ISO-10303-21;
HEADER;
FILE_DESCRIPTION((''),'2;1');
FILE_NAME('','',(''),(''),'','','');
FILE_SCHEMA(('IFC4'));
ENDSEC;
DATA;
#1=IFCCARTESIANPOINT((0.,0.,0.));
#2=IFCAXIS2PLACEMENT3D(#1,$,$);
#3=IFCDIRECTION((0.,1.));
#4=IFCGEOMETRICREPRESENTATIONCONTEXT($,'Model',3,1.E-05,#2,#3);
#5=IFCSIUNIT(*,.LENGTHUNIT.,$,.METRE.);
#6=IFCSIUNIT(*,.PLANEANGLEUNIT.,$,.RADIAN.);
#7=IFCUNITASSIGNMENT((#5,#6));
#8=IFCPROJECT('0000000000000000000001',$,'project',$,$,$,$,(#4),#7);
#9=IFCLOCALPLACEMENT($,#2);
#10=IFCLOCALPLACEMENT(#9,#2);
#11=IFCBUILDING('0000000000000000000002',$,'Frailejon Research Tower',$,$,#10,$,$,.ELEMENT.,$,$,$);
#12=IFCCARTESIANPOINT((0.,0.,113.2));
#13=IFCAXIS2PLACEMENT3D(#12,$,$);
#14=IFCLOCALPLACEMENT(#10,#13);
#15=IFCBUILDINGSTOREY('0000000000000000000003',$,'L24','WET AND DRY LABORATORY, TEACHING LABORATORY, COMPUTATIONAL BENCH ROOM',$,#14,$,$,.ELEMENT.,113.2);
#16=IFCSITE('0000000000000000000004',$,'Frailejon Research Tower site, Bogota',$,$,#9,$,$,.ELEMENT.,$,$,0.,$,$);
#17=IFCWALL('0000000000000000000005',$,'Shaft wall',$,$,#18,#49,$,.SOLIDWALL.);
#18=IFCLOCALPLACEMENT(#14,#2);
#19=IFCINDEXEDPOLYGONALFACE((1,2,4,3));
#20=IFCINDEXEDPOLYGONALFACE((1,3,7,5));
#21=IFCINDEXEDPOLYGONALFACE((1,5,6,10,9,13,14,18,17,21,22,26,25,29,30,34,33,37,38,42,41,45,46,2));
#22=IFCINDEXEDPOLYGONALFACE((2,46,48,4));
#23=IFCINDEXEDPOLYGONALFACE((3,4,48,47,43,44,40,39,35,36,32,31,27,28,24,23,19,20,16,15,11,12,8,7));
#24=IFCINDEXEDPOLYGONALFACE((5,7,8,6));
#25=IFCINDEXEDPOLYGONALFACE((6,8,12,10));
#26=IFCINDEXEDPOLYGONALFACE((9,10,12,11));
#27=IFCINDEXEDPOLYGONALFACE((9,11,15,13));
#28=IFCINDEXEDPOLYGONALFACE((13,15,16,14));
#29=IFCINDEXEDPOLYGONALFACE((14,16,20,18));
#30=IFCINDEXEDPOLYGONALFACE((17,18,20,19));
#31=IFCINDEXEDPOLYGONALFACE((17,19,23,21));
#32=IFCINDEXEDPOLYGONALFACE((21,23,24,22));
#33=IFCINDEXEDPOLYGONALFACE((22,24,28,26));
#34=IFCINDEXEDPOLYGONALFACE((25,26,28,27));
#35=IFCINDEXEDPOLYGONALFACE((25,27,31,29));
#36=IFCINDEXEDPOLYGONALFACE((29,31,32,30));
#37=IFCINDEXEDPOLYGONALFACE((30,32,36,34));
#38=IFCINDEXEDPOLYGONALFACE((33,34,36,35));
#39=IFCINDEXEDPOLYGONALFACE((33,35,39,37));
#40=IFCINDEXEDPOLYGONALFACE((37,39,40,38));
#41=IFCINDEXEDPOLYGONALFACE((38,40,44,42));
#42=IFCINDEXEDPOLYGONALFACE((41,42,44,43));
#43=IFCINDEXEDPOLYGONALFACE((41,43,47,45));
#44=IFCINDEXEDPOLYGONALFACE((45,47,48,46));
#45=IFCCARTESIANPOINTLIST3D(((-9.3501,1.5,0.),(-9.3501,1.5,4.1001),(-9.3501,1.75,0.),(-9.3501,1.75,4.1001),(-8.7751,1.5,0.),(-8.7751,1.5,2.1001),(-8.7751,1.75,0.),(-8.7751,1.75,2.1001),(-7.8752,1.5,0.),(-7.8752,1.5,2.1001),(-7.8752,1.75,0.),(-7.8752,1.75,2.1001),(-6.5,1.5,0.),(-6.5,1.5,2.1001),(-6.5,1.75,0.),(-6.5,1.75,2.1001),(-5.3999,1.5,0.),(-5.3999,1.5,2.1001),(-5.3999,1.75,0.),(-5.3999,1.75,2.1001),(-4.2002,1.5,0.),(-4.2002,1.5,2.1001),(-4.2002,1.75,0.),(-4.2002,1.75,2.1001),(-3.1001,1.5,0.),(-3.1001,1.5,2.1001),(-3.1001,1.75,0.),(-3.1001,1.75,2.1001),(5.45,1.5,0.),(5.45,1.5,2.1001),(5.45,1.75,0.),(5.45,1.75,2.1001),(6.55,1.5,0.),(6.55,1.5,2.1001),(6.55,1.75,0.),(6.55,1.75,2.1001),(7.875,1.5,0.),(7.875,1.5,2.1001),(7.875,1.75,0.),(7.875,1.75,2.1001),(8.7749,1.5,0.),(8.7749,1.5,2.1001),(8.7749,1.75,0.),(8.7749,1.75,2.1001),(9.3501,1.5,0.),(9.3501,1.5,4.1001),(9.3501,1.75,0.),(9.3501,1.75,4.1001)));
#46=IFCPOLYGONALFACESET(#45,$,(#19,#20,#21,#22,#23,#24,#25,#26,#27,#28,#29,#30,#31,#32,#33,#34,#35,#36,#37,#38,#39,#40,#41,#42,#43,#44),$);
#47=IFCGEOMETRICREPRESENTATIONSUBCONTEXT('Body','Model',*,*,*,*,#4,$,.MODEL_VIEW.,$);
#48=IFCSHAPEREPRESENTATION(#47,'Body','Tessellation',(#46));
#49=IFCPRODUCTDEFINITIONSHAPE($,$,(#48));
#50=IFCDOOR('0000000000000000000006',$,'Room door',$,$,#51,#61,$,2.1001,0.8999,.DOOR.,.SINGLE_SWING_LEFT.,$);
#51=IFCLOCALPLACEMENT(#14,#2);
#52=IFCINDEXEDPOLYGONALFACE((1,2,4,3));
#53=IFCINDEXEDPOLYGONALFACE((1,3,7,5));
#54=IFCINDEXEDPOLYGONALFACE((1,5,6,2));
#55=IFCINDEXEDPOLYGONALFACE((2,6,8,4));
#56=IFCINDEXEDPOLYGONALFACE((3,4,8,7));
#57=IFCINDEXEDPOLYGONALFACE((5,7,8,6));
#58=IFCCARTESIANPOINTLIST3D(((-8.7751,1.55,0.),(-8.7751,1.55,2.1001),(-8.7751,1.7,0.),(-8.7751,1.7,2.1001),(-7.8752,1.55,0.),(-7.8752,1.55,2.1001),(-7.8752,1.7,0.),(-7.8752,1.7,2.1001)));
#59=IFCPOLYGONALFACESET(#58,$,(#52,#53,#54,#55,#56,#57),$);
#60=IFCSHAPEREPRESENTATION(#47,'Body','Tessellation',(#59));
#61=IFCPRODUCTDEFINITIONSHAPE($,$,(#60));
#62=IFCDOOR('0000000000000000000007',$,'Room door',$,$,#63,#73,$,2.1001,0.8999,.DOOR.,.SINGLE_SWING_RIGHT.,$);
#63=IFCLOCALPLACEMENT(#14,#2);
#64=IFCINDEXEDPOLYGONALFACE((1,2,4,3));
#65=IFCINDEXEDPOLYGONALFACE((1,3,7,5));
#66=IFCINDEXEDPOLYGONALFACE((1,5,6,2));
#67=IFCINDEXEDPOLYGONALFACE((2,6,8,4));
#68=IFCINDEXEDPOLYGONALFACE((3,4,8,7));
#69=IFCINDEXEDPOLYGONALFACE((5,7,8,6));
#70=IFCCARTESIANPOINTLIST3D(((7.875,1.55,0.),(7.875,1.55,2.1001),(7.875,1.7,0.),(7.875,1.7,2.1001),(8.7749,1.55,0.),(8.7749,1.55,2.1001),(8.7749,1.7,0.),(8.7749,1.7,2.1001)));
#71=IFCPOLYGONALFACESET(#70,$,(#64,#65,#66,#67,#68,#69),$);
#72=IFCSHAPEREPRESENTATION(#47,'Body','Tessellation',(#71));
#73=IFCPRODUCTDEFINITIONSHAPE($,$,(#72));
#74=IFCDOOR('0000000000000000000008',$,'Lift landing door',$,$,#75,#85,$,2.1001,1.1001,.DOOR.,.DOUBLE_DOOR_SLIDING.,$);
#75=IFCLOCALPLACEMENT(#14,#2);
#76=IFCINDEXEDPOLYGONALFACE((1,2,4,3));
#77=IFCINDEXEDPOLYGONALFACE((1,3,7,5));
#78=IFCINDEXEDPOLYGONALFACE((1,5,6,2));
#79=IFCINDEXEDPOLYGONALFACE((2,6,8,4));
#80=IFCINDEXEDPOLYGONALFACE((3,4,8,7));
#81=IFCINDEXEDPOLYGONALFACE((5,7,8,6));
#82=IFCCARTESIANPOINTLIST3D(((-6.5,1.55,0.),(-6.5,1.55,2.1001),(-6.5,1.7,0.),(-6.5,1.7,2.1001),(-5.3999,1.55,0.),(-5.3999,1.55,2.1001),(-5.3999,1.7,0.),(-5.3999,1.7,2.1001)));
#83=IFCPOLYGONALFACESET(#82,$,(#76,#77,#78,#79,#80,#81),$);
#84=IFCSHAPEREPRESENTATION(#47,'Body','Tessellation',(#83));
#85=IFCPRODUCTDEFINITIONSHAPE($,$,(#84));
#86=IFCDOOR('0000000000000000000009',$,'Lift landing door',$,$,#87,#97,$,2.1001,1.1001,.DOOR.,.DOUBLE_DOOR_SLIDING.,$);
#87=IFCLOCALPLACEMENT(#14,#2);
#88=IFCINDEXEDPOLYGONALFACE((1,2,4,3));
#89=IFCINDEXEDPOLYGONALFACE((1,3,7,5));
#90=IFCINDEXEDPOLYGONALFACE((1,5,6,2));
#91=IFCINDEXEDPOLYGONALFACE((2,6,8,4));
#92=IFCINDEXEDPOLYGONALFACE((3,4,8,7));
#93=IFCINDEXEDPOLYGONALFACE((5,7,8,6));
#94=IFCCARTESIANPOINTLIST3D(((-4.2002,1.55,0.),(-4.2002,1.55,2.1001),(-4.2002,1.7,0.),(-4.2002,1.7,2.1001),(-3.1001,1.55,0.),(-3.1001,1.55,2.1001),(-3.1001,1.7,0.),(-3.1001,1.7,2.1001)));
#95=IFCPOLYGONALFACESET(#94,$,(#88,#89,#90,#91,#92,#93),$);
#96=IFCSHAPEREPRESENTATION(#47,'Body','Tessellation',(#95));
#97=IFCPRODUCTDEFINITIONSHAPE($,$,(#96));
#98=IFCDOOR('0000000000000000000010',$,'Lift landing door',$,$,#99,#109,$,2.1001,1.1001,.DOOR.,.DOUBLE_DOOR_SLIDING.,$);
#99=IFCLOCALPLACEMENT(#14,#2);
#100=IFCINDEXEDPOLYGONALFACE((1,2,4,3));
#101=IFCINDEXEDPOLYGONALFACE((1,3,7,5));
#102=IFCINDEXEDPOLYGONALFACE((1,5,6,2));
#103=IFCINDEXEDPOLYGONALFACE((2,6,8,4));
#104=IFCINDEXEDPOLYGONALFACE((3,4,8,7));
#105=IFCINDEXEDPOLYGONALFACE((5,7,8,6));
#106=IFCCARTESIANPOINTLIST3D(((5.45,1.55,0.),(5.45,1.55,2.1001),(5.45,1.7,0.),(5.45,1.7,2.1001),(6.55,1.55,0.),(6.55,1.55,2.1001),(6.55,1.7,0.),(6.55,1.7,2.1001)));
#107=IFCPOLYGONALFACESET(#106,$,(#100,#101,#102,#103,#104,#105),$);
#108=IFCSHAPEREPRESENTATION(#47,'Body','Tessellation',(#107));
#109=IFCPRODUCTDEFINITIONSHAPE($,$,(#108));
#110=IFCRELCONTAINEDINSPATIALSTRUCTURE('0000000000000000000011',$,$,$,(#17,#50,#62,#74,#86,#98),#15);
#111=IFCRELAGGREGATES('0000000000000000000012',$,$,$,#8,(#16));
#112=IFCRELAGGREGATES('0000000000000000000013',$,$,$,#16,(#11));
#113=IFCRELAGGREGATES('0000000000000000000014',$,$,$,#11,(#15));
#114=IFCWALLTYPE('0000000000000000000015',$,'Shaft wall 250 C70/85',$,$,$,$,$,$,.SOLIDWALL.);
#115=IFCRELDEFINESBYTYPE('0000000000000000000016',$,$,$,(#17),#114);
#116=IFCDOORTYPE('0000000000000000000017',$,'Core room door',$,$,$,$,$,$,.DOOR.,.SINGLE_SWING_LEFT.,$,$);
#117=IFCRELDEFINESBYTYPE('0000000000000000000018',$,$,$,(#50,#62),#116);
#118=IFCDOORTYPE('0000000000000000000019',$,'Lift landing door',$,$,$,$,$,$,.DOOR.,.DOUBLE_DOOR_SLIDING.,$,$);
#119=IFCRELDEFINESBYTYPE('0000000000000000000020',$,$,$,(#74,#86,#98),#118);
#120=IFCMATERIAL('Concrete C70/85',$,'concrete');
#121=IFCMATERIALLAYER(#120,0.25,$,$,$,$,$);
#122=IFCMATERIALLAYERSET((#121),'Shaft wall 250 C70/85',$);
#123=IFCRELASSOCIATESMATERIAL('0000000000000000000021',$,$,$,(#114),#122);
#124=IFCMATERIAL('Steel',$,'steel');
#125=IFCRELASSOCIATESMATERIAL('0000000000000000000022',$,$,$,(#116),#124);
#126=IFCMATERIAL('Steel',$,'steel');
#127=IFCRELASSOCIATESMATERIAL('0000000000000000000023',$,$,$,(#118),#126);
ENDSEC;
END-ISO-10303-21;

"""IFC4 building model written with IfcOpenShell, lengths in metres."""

from ifc_helpers import new_model, si_unit, direction, frame, frame_2d, origin, place, context, subcontext, project, spatial, rectangle, extrude, material, layer, layer_set, type_object, element, fill, save


model = new_model("IFC4")

# Units and contexts
model_context = context("Model", 3, precision=1e-05, world=origin(), true_north=direction((0.0, 1.0)))
body_context = subcontext(model_context, "Body", "Model", "MODEL_VIEW")
ifc_project = project(units=[si_unit("LENGTHUNIT", "METRE"), si_unit("PLANEANGLEUNIT", "RADIAN")], contexts=[model_context])

# Site, building, storey
site_placement = place(None, origin())
site = spatial("IfcSite", under=ifc_project, at=site_placement, Name="Frailejon Research Tower site, Bogota", CompositionType="ELEMENT", RefElevation=0.0)
building_placement = place(site_placement, origin())
building = spatial("IfcBuilding", under=site, at=building_placement, Name="Frailejon Research Tower", CompositionType="ELEMENT")
storey_placement = place(building_placement, frame((0.0, 0.0, 113.2)))
storey = spatial("IfcBuildingStorey", under=building, at=storey_placement, Name="L24", Description="WET AND DRY LABORATORY, TEACHING LABORATORY, COMPUTATIONAL BENCH ROOM", CompositionType="ELEMENT", Elevation=113.2)

# Wall, openings, doors
ifc_material_1 = material(Name="Concrete C70/85", Category="concrete")
ifc_layer_1 = layer(ifc_material_1, 0.25)
ifc_layer_set_1 = layer_set([ifc_layer_1], Name="Shaft wall 250 C70/85")
wall_type_1 = type_object("IfcWallType", Name="Shaft wall 250 C70/85", PredefinedType="SOLIDWALL", material=ifc_layer_set_1)
ifc_material_2 = material(Name="Steel", Category="steel")
door_type_1 = type_object("IfcDoorType", Name="Core room door", OperationType="SINGLE_SWING_LEFT", PredefinedType="DOOR", material=ifc_material_2)
wall_1_placement = place(storey_placement, frame((-9.3501, 1.625, 0.0), z_axis=(0.0, 0.0, 1.0), x_axis=(1.0, 0.0, 0.0)))
wall_1 = element("IfcWall", 1, at=wall_1_placement, inside=storey, type_object=wall_type_1, Name="Shaft wall", PredefinedType="SOLIDWALL", context=body_context, shape_type="SweptSolid", body=[
    extrude(rectangle(XDim=18.7002, YDim=0.25, at=frame_2d((9.3501, 0.0))), origin(), (0.0, 0.0, 1.0), 4.1001),
])
opening_1_placement = place(wall_1_placement, frame((2.8501, 0.0, 0.0)))
opening_1 = element("IfcOpeningElement", 2, at=opening_1_placement, cuts=wall_1, PredefinedType="OPENING", context=body_context, shape_type="SweptSolid", body=[
    extrude(rectangle(XDim=1.1001, YDim=2.1001, at=frame_2d((0.55, 1.05))), frame((0.0, 0.135, 0.0), z_axis=(0.0, -1.0, 0.0), x_axis=(1.0, 0.0, 0.0)), (0.0, 0.0, 1.0), 0.27),
])
opening_2_placement = place(wall_1_placement, frame((5.1499, 0.0, 0.0)))
opening_2 = element("IfcOpeningElement", 3, at=opening_2_placement, cuts=wall_1, PredefinedType="OPENING", context=body_context, shape_type="SweptSolid", body=[
    extrude(rectangle(XDim=1.1001, YDim=2.1001, at=frame_2d((0.55, 1.05))), frame((0.0, 0.135, 0.0), z_axis=(0.0, -1.0, 0.0), x_axis=(1.0, 0.0, 0.0)), (0.0, 0.0, 1.0), 0.27),
])
opening_3_placement = place(wall_1_placement, frame((14.8, 0.0, 0.0)))
opening_3 = element("IfcOpeningElement", 4, at=opening_3_placement, cuts=wall_1, PredefinedType="OPENING", context=body_context, shape_type="SweptSolid", body=[
    extrude(rectangle(XDim=1.1001, YDim=2.1001, at=frame_2d((0.55, 1.05))), frame((0.0, 0.135, 0.0), z_axis=(0.0, -1.0, 0.0), x_axis=(1.0, 0.0, 0.0)), (0.0, 0.0, 1.0), 0.27),
])
opening_4_placement = place(wall_1_placement, frame((0.575, 0.0, 0.0)))
opening_4 = element("IfcOpeningElement", 5, at=opening_4_placement, cuts=wall_1, PredefinedType="OPENING", context=body_context, shape_type="SweptSolid", body=[
    extrude(rectangle(XDim=0.8999, YDim=2.1001, at=frame_2d((0.45, 1.05))), frame((0.0, 0.135, 0.0), z_axis=(0.0, -1.0, 0.0), x_axis=(1.0, 0.0, 0.0)), (0.0, 0.0, 1.0), 0.27),
])
opening_5_placement = place(wall_1_placement, frame((17.2251, 0.0, 0.0)))
opening_5 = element("IfcOpeningElement", 6, at=opening_5_placement, cuts=wall_1, PredefinedType="OPENING", context=body_context, shape_type="SweptSolid", body=[
    extrude(rectangle(XDim=0.8999, YDim=2.1001, at=frame_2d((0.45, 1.05))), frame((0.0, 0.135, 0.0), z_axis=(0.0, -1.0, 0.0), x_axis=(1.0, 0.0, 0.0)), (0.0, 0.0, 1.0), 0.27),
])
door_1_placement = place(opening_4_placement, origin())
door_1 = element("IfcDoor", 7, at=door_1_placement, inside=storey, type_object=door_type_1, Name="Room door", OperationType="SINGLE_SWING_LEFT", OverallHeight=2.1001, OverallWidth=0.8999, PredefinedType="DOOR", context=body_context, shape_type="SweptSolid", body=[
    extrude(rectangle(XDim=0.8999, YDim=2.1001, at=frame_2d((0.45, 1.05))), frame((0.0, 0.075, 0.0), z_axis=(0.0, -1.0, 0.0), x_axis=(1.0, 0.0, 0.0)), (0.0, 0.0, 1.0), 0.1499),
])
fill(opening_4, door_1)
door_2_placement = place(opening_5_placement, origin())
door_2 = element("IfcDoor", 8, at=door_2_placement, inside=storey, type_object=door_type_1, Name="Room door", OperationType="SINGLE_SWING_RIGHT", OverallHeight=2.1001, OverallWidth=0.8999, PredefinedType="DOOR", context=body_context, shape_type="SweptSolid", body=[
    extrude(rectangle(XDim=0.8999, YDim=2.1001, at=frame_2d((0.45, 1.05))), frame((0.0, 0.075, 0.0), z_axis=(0.0, -1.0, 0.0), x_axis=(1.0, 0.0, 0.0)), (0.0, 0.0, 1.0), 0.1499),
])
fill(opening_5, door_2)
ifc_material_3 = material(Name="Steel", Category="steel")
door_type_2 = type_object("IfcDoorType", Name="Lift landing door", OperationType="DOUBLE_DOOR_SLIDING", PredefinedType="DOOR", material=ifc_material_3)
door_3_placement = place(opening_1_placement, origin())
door_3 = element("IfcDoor", 9, at=door_3_placement, inside=storey, type_object=door_type_2, Name="Lift landing door", OperationType="DOUBLE_DOOR_SLIDING", OverallHeight=2.1001, OverallWidth=1.1001, PredefinedType="DOOR", context=body_context, shape_type="SweptSolid", body=[
    extrude(rectangle(XDim=1.1001, YDim=2.1001, at=frame_2d((0.55, 1.05))), frame((0.0, 0.075, 0.0), z_axis=(0.0, -1.0, 0.0), x_axis=(1.0, 0.0, 0.0)), (0.0, 0.0, 1.0), 0.1499),
])
fill(opening_1, door_3)
door_4_placement = place(opening_2_placement, origin())
door_4 = element("IfcDoor", 10, at=door_4_placement, inside=storey, type_object=door_type_2, Name="Lift landing door", OperationType="DOUBLE_DOOR_SLIDING", OverallHeight=2.1001, OverallWidth=1.1001, PredefinedType="DOOR", context=body_context, shape_type="SweptSolid", body=[
    extrude(rectangle(XDim=1.1001, YDim=2.1001, at=frame_2d((0.55, 1.05))), frame((0.0, 0.075, 0.0), z_axis=(0.0, -1.0, 0.0), x_axis=(1.0, 0.0, 0.0)), (0.0, 0.0, 1.0), 0.1499),
])
fill(opening_2, door_4)
door_5_placement = place(opening_3_placement, origin())
door_5 = element("IfcDoor", 11, at=door_5_placement, inside=storey, type_object=door_type_2, Name="Lift landing door", OperationType="DOUBLE_DOOR_SLIDING", OverallHeight=2.1001, OverallWidth=1.1001, PredefinedType="DOOR", context=body_context, shape_type="SweptSolid", body=[
    extrude(rectangle(XDim=1.1001, YDim=2.1001, at=frame_2d((0.55, 1.05))), frame((0.0, 0.075, 0.0), z_axis=(0.0, -1.0, 0.0), x_axis=(1.0, 0.0, 0.0)), (0.0, 0.0, 1.0), 0.1499),
])
fill(opening_3, door_5)

save(model, "model.ifc")
